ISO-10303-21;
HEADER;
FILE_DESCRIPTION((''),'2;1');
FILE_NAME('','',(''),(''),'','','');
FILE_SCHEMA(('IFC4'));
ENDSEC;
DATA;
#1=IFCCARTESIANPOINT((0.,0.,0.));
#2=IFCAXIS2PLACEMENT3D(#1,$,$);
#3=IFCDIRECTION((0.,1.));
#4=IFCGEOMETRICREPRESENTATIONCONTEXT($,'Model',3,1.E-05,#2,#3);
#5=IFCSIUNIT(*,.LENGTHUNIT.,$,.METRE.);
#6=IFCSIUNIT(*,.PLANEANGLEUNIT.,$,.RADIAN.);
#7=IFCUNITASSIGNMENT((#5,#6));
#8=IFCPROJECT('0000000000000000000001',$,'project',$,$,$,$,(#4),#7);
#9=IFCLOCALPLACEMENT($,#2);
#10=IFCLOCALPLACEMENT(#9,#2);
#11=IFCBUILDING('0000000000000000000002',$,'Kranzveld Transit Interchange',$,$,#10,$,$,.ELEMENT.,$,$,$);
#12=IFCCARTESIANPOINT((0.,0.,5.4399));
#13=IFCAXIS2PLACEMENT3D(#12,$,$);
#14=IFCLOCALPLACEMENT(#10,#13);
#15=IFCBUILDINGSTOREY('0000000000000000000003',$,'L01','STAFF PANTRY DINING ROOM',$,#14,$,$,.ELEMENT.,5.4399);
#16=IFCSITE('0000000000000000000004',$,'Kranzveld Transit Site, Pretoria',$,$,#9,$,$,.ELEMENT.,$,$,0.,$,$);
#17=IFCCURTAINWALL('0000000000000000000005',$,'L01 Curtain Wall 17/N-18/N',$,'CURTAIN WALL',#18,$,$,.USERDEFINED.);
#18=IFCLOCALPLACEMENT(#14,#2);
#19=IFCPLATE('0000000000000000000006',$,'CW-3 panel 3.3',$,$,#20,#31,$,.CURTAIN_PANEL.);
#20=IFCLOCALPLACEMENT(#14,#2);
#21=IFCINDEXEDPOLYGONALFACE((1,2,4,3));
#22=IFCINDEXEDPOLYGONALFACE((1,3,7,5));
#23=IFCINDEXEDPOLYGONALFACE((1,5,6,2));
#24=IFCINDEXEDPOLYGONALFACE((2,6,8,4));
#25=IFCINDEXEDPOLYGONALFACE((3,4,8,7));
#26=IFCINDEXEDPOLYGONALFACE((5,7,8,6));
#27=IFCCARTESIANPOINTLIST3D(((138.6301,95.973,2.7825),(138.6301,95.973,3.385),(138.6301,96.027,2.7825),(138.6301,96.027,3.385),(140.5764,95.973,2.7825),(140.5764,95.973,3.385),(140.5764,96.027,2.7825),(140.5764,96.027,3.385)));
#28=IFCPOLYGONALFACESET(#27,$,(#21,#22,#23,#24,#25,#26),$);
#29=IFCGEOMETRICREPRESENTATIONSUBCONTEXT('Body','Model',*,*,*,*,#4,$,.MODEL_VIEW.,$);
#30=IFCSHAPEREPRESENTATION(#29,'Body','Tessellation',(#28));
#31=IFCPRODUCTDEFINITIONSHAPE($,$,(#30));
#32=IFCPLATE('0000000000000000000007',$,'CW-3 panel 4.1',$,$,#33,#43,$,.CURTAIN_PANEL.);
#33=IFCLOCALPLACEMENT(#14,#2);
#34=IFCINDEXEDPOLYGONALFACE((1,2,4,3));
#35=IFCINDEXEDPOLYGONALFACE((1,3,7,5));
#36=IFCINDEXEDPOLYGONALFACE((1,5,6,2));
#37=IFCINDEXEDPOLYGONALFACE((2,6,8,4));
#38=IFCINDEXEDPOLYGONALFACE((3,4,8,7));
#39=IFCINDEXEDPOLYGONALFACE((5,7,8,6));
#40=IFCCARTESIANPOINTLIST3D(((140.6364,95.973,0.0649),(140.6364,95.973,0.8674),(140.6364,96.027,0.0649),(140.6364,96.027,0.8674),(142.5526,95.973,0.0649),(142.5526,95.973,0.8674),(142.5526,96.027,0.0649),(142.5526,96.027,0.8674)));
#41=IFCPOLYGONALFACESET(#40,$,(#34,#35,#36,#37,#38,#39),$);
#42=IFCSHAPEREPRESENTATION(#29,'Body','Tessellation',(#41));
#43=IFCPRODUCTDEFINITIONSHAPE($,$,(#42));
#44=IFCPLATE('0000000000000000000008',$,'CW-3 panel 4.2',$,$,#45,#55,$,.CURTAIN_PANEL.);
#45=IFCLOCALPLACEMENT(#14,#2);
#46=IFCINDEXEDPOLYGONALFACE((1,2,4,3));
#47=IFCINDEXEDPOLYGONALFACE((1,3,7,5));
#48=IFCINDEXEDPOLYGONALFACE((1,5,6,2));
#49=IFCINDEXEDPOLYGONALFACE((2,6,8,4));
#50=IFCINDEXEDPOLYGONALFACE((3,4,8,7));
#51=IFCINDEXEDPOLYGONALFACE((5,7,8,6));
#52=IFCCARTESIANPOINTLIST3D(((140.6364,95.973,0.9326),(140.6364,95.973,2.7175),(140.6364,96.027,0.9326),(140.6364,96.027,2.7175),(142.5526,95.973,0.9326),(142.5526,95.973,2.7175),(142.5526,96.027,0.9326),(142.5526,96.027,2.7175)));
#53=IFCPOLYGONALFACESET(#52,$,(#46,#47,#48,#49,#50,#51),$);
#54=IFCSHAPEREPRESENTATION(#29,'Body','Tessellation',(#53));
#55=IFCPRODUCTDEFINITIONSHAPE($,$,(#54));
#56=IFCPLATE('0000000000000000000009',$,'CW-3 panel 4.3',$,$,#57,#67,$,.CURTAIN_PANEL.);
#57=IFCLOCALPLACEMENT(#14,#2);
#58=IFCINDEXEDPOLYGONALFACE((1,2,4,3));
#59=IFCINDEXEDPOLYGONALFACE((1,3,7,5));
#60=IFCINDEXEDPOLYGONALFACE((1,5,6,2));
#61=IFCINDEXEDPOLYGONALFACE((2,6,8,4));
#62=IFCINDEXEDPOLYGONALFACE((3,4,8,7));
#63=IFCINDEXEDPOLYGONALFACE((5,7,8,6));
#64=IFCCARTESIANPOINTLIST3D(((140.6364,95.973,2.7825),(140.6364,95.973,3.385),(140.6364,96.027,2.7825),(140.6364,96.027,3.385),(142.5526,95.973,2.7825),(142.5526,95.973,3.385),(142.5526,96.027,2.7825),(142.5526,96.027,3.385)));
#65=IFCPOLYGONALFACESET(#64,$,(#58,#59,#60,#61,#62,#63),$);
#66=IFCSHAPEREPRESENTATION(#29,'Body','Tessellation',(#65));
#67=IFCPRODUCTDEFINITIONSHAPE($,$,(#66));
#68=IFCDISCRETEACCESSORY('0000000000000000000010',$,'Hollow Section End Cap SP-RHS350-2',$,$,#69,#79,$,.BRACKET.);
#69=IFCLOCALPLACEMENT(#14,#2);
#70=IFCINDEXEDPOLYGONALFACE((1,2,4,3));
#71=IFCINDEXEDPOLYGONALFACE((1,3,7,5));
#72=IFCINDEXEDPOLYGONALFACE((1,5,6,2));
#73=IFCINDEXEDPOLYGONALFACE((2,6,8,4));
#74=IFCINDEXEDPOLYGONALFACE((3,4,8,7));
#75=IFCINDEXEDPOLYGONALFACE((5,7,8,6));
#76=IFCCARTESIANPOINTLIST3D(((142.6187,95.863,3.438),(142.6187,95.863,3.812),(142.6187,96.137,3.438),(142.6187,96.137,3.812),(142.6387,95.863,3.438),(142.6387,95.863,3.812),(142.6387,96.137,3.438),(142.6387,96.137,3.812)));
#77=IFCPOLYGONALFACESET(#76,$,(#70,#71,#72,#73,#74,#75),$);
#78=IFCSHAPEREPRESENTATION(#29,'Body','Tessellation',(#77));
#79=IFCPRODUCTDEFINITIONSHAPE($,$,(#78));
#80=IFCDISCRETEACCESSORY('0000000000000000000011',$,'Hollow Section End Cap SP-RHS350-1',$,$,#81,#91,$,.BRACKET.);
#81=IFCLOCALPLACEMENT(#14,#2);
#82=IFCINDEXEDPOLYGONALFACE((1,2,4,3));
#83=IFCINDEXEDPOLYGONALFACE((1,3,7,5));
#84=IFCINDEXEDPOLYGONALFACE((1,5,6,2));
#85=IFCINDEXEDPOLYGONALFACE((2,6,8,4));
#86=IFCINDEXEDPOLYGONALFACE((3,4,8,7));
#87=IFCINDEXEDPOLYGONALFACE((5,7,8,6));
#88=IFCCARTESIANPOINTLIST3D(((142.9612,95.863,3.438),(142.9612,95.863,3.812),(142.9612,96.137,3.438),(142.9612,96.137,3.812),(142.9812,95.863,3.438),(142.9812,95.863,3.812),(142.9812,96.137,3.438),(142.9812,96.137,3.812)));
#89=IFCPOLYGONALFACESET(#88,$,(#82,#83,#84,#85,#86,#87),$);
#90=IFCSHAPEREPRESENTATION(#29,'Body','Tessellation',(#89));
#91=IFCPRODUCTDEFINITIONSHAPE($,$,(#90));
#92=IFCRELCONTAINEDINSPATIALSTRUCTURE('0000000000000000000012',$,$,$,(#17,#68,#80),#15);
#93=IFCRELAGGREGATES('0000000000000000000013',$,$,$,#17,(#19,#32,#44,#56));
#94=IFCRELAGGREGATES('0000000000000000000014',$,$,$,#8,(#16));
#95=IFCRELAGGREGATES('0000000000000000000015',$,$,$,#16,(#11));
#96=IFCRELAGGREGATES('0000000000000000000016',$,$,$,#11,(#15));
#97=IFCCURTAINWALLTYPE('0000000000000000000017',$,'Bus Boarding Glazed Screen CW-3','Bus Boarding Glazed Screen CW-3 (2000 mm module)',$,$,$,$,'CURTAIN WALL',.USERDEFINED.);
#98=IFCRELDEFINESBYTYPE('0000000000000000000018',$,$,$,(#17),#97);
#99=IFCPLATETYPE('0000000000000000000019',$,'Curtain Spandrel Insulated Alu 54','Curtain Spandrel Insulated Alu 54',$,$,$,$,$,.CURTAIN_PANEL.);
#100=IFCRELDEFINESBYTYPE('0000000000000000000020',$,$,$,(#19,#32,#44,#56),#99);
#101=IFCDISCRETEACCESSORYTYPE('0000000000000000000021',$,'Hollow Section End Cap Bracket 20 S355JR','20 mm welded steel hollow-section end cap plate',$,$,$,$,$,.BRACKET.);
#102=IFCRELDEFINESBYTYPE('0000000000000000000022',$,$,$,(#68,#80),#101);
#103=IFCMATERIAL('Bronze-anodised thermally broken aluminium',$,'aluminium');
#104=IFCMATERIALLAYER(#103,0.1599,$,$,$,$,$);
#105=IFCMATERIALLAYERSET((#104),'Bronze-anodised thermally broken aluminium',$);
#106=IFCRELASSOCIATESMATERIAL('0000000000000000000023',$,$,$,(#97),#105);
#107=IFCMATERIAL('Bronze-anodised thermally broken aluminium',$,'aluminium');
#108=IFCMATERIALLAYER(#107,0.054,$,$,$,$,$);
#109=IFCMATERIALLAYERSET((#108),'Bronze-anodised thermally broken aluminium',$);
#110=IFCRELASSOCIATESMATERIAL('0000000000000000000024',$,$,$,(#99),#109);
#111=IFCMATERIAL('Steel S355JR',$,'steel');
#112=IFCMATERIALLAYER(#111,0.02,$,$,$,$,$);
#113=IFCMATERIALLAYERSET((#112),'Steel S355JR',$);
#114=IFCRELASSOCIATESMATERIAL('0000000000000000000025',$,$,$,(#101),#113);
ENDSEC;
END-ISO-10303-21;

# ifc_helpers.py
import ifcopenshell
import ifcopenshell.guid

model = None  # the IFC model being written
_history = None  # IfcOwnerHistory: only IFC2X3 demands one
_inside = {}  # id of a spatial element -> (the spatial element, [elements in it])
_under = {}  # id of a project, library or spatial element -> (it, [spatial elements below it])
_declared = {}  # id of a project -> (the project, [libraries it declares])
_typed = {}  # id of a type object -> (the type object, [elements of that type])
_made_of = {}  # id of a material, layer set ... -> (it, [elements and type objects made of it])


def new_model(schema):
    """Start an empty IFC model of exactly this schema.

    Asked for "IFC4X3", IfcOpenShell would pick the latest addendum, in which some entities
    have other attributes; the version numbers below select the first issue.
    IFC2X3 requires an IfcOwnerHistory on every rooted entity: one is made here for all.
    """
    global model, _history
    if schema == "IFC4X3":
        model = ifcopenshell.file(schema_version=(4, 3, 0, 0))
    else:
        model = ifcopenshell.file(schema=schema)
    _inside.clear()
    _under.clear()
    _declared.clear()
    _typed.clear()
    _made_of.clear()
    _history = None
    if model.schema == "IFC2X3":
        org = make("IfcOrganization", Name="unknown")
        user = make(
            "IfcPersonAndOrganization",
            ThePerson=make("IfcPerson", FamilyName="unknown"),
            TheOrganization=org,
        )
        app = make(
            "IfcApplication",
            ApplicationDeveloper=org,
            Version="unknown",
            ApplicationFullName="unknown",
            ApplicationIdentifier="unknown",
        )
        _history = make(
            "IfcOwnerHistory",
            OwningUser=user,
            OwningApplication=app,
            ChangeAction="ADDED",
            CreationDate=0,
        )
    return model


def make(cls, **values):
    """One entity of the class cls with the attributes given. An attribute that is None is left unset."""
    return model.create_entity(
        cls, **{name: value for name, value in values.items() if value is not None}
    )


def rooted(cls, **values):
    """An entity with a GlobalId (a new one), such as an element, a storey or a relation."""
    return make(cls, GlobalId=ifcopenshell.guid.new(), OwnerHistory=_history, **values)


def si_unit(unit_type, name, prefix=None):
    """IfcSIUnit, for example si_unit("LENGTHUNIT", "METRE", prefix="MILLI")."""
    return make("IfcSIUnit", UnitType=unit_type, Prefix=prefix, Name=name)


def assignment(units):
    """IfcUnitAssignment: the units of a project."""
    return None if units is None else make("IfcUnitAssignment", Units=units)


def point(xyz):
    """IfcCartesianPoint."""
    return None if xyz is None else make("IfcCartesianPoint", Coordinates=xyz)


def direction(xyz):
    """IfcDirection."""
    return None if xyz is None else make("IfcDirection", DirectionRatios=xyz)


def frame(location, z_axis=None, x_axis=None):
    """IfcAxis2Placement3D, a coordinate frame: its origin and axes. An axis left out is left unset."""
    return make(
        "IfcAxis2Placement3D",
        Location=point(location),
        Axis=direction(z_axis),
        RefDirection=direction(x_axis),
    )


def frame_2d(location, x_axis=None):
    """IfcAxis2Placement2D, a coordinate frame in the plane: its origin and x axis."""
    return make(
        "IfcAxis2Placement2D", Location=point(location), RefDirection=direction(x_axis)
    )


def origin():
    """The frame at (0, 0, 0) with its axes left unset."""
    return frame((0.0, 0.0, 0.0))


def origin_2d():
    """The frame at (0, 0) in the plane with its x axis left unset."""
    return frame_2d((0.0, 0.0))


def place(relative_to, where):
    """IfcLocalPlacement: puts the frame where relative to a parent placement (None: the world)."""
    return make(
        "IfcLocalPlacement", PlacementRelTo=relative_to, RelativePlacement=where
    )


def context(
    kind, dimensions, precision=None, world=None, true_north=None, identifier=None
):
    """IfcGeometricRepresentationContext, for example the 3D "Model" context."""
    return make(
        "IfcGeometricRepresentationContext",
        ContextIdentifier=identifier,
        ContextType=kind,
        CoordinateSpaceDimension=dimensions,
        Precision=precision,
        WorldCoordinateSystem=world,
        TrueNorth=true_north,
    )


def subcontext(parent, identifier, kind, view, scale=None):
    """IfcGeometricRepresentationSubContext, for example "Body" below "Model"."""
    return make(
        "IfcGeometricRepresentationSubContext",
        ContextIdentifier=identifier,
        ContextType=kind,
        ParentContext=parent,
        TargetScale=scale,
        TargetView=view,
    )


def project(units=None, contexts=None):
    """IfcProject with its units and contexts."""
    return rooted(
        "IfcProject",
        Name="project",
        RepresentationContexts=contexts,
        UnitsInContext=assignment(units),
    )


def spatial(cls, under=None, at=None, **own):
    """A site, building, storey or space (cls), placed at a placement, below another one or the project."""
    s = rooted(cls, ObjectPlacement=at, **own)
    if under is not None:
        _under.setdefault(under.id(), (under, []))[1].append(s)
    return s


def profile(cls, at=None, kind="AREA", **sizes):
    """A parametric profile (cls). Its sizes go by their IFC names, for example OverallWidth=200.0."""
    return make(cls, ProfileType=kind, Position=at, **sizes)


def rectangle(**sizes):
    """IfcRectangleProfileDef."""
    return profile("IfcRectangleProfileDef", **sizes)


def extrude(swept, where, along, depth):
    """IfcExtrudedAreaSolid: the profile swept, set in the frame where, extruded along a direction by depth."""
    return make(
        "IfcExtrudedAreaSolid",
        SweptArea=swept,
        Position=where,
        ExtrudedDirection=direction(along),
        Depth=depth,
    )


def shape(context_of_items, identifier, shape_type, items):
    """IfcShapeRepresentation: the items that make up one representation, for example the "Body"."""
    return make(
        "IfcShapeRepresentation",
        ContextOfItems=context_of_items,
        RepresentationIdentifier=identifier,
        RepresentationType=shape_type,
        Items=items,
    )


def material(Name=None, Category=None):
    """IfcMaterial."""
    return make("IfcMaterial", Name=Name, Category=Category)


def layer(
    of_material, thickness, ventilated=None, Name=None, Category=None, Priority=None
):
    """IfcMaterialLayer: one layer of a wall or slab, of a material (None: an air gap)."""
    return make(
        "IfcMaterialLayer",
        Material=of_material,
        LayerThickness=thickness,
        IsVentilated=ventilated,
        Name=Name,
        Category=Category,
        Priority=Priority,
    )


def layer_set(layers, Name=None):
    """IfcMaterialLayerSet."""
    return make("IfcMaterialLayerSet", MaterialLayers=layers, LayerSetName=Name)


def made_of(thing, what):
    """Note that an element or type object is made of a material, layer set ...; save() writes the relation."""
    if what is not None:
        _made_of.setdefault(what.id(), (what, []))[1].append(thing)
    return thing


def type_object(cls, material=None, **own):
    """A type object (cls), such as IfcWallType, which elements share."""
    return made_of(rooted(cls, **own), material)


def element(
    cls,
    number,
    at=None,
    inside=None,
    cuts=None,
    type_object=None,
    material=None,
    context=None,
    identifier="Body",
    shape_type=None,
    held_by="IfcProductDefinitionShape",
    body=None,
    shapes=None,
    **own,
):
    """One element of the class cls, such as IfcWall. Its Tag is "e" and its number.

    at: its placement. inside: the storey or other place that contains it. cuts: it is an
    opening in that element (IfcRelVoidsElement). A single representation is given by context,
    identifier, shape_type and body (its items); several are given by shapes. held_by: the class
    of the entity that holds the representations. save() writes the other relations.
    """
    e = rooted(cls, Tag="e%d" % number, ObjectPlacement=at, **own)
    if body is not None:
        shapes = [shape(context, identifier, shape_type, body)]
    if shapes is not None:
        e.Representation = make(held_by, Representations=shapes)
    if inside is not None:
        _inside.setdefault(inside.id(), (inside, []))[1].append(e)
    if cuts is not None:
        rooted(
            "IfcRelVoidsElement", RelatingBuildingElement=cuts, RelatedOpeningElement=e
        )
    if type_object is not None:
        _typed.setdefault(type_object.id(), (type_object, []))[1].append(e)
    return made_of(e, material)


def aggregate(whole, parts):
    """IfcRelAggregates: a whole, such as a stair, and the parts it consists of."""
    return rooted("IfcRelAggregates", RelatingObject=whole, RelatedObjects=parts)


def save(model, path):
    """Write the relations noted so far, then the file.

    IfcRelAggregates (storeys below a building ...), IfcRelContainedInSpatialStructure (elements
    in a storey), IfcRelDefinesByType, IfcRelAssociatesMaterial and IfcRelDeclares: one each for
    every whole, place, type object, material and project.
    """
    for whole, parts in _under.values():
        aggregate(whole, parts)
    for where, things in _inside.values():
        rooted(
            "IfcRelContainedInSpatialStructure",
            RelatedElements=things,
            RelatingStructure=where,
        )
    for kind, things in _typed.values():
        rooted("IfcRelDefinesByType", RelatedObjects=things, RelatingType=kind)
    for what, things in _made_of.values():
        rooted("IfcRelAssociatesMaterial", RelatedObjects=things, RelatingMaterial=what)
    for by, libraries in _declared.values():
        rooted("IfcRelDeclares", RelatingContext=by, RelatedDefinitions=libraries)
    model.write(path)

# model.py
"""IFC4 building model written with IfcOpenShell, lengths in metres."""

from ifc_helpers import new_model, si_unit, direction, frame, origin, origin_2d, place, context, subcontext, project, spatial, rectangle, extrude, material, layer, layer_set, type_object, element, aggregate, save


model = new_model("IFC4")

# Units and contexts
model_context = context("Model", 3, precision=1e-05, world=origin(), true_north=direction((0.0, 1.0)))
body_context = subcontext(model_context, "Body", "Model", "MODEL_VIEW")
ifc_project = project(units=[si_unit("LENGTHUNIT", "METRE"), si_unit("PLANEANGLEUNIT", "RADIAN")], contexts=[model_context])

# Site, building, storey
site_placement = place(None, origin())
site = spatial("IfcSite", under=ifc_project, at=site_placement, Name="Kranzveld Transit Site, Pretoria", CompositionType="ELEMENT", RefElevation=0.0)
building_placement = place(site_placement, origin())
building = spatial("IfcBuilding", under=site, at=building_placement, Name="Kranzveld Transit Interchange", CompositionType="ELEMENT")
storey_placement = place(building_placement, frame((0.0, 0.0, 5.4399)))
storey = spatial("IfcBuildingStorey", under=building, at=storey_placement, Name="L01", Description="STAFF PANTRY DINING ROOM", CompositionType="ELEMENT", Elevation=5.4399)

# Curtain wall
ifc_material_1 = material(Name="Bronze-anodised thermally broken aluminium", Category="aluminium")
ifc_layer_1 = layer(ifc_material_1, 0.1599)
ifc_layer_set_1 = layer_set([ifc_layer_1], Name="Bronze-anodised thermally broken aluminium")
curtain_wall_type_1 = type_object("IfcCurtainWallType", Name="Bus Boarding Glazed Screen CW-3", Description="Bus Boarding Glazed Screen CW-3 (2000 mm module)", ElementType="CURTAIN WALL", PredefinedType="USERDEFINED", material=ifc_layer_set_1)
curtain_wall_1_placement = place(storey_placement, origin())
curtain_wall_1 = element("IfcCurtainWall", 1, at=curtain_wall_1_placement, inside=storey, type_object=curtain_wall_type_1, Name="L01 Curtain Wall 17/N-18/N", ObjectType="CURTAIN WALL", PredefinedType="USERDEFINED")

# Plates
ifc_material_2 = material(Name="Bronze-anodised thermally broken aluminium", Category="aluminium")
ifc_layer_2 = layer(ifc_material_2, 0.054)
ifc_layer_set_2 = layer_set([ifc_layer_2], Name="Bronze-anodised thermally broken aluminium")
plate_type = type_object("IfcPlateType", Name="Curtain Spandrel Insulated Alu 54", Description="Curtain Spandrel Insulated Alu 54", PredefinedType="CURTAIN_PANEL", material=ifc_layer_set_2)
plate_1_placement = place(storey_placement, frame((139.6033, 96.0, 2.7825), z_axis=(0.0, 0.0, 1.0), x_axis=(1.0, 0.0, 0.0)))
plate_1 = element("IfcPlate", 2, at=plate_1_placement, type_object=plate_type, Name="CW-3 panel 3.3", PredefinedType="CURTAIN_PANEL", context=body_context, shape_type="SweptSolid", body=[
    extrude(rectangle(XDim=1.9463, YDim=0.054, at=origin_2d()), origin(), (0.0, 0.0, 1.0), 0.6025),
])
plate_2_placement = place(storey_placement, frame((141.5945, 96.0, 0.0649), z_axis=(0.0, 0.0, 1.0), x_axis=(1.0, 0.0, 0.0)))
plate_2 = element("IfcPlate", 3, at=plate_2_placement, type_object=plate_type, Name="CW-3 panel 4.1", PredefinedType="CURTAIN_PANEL", context=body_context, shape_type="SweptSolid", body=[
    extrude(rectangle(XDim=1.9163, YDim=0.054, at=origin_2d()), origin(), (0.0, 0.0, 1.0), 0.8025),
])
plate_3_placement = place(storey_placement, frame((141.5945, 96.0, 0.9326), z_axis=(0.0, 0.0, 1.0), x_axis=(1.0, 0.0, 0.0)))
plate_3 = element("IfcPlate", 4, at=plate_3_placement, type_object=plate_type, Name="CW-3 panel 4.2", PredefinedType="CURTAIN_PANEL", context=body_context, shape_type="SweptSolid", body=[
    extrude(rectangle(XDim=1.9163, YDim=0.054, at=origin_2d()), origin(), (0.0, 0.0, 1.0), 1.7849),
])
plate_4_placement = place(storey_placement, frame((141.5945, 96.0, 2.7825), z_axis=(0.0, 0.0, 1.0), x_axis=(1.0, 0.0, 0.0)))
plate_4 = element("IfcPlate", 5, at=plate_4_placement, type_object=plate_type, Name="CW-3 panel 4.3", PredefinedType="CURTAIN_PANEL", context=body_context, shape_type="SweptSolid", body=[
    extrude(rectangle(XDim=1.9163, YDim=0.054, at=origin_2d()), origin(), (0.0, 0.0, 1.0), 0.6025),
])
aggregate(curtain_wall_1, [plate_1, plate_2, plate_3, plate_4])

# Discrete accessories
ifc_material_3 = material(Name="Steel S355JR", Category="steel")
ifc_layer_3 = layer(ifc_material_3, 0.02)
ifc_layer_set_3 = layer_set([ifc_layer_3], Name="Steel S355JR")
discrete_accessory_type = type_object("IfcDiscreteAccessoryType", Name="Hollow Section End Cap Bracket 20 S355JR", Description="20 mm welded steel hollow-section end cap plate", PredefinedType="BRACKET", material=ifc_layer_set_3)
for number, where, z_axis, x_axis, name in (
    (6, (142.6187, 96.0, 3.625), (1.0, 0.0, 0.0), (0.0, 1.0, 0.0), "Hollow Section End Cap SP-RHS350-2"),
    (7, (142.9812, 96.0, 3.625), (-1.0, 0.0, 0.0), (0.0, -1.0, 0.0), "Hollow Section End Cap SP-RHS350-1"),
):
    element("IfcDiscreteAccessory", number, at=place(storey_placement, frame(where, z_axis=z_axis, x_axis=x_axis)), inside=storey, type_object=discrete_accessory_type, Name=name, PredefinedType="BRACKET", context=body_context, shape_type="SweptSolid", body=[
        extrude(rectangle(XDim=0.2739, YDim=0.374, at=origin_2d()), origin(), (0.0, 0.0, 1.0), 0.02),
    ])

save(model, "model.ifc")
